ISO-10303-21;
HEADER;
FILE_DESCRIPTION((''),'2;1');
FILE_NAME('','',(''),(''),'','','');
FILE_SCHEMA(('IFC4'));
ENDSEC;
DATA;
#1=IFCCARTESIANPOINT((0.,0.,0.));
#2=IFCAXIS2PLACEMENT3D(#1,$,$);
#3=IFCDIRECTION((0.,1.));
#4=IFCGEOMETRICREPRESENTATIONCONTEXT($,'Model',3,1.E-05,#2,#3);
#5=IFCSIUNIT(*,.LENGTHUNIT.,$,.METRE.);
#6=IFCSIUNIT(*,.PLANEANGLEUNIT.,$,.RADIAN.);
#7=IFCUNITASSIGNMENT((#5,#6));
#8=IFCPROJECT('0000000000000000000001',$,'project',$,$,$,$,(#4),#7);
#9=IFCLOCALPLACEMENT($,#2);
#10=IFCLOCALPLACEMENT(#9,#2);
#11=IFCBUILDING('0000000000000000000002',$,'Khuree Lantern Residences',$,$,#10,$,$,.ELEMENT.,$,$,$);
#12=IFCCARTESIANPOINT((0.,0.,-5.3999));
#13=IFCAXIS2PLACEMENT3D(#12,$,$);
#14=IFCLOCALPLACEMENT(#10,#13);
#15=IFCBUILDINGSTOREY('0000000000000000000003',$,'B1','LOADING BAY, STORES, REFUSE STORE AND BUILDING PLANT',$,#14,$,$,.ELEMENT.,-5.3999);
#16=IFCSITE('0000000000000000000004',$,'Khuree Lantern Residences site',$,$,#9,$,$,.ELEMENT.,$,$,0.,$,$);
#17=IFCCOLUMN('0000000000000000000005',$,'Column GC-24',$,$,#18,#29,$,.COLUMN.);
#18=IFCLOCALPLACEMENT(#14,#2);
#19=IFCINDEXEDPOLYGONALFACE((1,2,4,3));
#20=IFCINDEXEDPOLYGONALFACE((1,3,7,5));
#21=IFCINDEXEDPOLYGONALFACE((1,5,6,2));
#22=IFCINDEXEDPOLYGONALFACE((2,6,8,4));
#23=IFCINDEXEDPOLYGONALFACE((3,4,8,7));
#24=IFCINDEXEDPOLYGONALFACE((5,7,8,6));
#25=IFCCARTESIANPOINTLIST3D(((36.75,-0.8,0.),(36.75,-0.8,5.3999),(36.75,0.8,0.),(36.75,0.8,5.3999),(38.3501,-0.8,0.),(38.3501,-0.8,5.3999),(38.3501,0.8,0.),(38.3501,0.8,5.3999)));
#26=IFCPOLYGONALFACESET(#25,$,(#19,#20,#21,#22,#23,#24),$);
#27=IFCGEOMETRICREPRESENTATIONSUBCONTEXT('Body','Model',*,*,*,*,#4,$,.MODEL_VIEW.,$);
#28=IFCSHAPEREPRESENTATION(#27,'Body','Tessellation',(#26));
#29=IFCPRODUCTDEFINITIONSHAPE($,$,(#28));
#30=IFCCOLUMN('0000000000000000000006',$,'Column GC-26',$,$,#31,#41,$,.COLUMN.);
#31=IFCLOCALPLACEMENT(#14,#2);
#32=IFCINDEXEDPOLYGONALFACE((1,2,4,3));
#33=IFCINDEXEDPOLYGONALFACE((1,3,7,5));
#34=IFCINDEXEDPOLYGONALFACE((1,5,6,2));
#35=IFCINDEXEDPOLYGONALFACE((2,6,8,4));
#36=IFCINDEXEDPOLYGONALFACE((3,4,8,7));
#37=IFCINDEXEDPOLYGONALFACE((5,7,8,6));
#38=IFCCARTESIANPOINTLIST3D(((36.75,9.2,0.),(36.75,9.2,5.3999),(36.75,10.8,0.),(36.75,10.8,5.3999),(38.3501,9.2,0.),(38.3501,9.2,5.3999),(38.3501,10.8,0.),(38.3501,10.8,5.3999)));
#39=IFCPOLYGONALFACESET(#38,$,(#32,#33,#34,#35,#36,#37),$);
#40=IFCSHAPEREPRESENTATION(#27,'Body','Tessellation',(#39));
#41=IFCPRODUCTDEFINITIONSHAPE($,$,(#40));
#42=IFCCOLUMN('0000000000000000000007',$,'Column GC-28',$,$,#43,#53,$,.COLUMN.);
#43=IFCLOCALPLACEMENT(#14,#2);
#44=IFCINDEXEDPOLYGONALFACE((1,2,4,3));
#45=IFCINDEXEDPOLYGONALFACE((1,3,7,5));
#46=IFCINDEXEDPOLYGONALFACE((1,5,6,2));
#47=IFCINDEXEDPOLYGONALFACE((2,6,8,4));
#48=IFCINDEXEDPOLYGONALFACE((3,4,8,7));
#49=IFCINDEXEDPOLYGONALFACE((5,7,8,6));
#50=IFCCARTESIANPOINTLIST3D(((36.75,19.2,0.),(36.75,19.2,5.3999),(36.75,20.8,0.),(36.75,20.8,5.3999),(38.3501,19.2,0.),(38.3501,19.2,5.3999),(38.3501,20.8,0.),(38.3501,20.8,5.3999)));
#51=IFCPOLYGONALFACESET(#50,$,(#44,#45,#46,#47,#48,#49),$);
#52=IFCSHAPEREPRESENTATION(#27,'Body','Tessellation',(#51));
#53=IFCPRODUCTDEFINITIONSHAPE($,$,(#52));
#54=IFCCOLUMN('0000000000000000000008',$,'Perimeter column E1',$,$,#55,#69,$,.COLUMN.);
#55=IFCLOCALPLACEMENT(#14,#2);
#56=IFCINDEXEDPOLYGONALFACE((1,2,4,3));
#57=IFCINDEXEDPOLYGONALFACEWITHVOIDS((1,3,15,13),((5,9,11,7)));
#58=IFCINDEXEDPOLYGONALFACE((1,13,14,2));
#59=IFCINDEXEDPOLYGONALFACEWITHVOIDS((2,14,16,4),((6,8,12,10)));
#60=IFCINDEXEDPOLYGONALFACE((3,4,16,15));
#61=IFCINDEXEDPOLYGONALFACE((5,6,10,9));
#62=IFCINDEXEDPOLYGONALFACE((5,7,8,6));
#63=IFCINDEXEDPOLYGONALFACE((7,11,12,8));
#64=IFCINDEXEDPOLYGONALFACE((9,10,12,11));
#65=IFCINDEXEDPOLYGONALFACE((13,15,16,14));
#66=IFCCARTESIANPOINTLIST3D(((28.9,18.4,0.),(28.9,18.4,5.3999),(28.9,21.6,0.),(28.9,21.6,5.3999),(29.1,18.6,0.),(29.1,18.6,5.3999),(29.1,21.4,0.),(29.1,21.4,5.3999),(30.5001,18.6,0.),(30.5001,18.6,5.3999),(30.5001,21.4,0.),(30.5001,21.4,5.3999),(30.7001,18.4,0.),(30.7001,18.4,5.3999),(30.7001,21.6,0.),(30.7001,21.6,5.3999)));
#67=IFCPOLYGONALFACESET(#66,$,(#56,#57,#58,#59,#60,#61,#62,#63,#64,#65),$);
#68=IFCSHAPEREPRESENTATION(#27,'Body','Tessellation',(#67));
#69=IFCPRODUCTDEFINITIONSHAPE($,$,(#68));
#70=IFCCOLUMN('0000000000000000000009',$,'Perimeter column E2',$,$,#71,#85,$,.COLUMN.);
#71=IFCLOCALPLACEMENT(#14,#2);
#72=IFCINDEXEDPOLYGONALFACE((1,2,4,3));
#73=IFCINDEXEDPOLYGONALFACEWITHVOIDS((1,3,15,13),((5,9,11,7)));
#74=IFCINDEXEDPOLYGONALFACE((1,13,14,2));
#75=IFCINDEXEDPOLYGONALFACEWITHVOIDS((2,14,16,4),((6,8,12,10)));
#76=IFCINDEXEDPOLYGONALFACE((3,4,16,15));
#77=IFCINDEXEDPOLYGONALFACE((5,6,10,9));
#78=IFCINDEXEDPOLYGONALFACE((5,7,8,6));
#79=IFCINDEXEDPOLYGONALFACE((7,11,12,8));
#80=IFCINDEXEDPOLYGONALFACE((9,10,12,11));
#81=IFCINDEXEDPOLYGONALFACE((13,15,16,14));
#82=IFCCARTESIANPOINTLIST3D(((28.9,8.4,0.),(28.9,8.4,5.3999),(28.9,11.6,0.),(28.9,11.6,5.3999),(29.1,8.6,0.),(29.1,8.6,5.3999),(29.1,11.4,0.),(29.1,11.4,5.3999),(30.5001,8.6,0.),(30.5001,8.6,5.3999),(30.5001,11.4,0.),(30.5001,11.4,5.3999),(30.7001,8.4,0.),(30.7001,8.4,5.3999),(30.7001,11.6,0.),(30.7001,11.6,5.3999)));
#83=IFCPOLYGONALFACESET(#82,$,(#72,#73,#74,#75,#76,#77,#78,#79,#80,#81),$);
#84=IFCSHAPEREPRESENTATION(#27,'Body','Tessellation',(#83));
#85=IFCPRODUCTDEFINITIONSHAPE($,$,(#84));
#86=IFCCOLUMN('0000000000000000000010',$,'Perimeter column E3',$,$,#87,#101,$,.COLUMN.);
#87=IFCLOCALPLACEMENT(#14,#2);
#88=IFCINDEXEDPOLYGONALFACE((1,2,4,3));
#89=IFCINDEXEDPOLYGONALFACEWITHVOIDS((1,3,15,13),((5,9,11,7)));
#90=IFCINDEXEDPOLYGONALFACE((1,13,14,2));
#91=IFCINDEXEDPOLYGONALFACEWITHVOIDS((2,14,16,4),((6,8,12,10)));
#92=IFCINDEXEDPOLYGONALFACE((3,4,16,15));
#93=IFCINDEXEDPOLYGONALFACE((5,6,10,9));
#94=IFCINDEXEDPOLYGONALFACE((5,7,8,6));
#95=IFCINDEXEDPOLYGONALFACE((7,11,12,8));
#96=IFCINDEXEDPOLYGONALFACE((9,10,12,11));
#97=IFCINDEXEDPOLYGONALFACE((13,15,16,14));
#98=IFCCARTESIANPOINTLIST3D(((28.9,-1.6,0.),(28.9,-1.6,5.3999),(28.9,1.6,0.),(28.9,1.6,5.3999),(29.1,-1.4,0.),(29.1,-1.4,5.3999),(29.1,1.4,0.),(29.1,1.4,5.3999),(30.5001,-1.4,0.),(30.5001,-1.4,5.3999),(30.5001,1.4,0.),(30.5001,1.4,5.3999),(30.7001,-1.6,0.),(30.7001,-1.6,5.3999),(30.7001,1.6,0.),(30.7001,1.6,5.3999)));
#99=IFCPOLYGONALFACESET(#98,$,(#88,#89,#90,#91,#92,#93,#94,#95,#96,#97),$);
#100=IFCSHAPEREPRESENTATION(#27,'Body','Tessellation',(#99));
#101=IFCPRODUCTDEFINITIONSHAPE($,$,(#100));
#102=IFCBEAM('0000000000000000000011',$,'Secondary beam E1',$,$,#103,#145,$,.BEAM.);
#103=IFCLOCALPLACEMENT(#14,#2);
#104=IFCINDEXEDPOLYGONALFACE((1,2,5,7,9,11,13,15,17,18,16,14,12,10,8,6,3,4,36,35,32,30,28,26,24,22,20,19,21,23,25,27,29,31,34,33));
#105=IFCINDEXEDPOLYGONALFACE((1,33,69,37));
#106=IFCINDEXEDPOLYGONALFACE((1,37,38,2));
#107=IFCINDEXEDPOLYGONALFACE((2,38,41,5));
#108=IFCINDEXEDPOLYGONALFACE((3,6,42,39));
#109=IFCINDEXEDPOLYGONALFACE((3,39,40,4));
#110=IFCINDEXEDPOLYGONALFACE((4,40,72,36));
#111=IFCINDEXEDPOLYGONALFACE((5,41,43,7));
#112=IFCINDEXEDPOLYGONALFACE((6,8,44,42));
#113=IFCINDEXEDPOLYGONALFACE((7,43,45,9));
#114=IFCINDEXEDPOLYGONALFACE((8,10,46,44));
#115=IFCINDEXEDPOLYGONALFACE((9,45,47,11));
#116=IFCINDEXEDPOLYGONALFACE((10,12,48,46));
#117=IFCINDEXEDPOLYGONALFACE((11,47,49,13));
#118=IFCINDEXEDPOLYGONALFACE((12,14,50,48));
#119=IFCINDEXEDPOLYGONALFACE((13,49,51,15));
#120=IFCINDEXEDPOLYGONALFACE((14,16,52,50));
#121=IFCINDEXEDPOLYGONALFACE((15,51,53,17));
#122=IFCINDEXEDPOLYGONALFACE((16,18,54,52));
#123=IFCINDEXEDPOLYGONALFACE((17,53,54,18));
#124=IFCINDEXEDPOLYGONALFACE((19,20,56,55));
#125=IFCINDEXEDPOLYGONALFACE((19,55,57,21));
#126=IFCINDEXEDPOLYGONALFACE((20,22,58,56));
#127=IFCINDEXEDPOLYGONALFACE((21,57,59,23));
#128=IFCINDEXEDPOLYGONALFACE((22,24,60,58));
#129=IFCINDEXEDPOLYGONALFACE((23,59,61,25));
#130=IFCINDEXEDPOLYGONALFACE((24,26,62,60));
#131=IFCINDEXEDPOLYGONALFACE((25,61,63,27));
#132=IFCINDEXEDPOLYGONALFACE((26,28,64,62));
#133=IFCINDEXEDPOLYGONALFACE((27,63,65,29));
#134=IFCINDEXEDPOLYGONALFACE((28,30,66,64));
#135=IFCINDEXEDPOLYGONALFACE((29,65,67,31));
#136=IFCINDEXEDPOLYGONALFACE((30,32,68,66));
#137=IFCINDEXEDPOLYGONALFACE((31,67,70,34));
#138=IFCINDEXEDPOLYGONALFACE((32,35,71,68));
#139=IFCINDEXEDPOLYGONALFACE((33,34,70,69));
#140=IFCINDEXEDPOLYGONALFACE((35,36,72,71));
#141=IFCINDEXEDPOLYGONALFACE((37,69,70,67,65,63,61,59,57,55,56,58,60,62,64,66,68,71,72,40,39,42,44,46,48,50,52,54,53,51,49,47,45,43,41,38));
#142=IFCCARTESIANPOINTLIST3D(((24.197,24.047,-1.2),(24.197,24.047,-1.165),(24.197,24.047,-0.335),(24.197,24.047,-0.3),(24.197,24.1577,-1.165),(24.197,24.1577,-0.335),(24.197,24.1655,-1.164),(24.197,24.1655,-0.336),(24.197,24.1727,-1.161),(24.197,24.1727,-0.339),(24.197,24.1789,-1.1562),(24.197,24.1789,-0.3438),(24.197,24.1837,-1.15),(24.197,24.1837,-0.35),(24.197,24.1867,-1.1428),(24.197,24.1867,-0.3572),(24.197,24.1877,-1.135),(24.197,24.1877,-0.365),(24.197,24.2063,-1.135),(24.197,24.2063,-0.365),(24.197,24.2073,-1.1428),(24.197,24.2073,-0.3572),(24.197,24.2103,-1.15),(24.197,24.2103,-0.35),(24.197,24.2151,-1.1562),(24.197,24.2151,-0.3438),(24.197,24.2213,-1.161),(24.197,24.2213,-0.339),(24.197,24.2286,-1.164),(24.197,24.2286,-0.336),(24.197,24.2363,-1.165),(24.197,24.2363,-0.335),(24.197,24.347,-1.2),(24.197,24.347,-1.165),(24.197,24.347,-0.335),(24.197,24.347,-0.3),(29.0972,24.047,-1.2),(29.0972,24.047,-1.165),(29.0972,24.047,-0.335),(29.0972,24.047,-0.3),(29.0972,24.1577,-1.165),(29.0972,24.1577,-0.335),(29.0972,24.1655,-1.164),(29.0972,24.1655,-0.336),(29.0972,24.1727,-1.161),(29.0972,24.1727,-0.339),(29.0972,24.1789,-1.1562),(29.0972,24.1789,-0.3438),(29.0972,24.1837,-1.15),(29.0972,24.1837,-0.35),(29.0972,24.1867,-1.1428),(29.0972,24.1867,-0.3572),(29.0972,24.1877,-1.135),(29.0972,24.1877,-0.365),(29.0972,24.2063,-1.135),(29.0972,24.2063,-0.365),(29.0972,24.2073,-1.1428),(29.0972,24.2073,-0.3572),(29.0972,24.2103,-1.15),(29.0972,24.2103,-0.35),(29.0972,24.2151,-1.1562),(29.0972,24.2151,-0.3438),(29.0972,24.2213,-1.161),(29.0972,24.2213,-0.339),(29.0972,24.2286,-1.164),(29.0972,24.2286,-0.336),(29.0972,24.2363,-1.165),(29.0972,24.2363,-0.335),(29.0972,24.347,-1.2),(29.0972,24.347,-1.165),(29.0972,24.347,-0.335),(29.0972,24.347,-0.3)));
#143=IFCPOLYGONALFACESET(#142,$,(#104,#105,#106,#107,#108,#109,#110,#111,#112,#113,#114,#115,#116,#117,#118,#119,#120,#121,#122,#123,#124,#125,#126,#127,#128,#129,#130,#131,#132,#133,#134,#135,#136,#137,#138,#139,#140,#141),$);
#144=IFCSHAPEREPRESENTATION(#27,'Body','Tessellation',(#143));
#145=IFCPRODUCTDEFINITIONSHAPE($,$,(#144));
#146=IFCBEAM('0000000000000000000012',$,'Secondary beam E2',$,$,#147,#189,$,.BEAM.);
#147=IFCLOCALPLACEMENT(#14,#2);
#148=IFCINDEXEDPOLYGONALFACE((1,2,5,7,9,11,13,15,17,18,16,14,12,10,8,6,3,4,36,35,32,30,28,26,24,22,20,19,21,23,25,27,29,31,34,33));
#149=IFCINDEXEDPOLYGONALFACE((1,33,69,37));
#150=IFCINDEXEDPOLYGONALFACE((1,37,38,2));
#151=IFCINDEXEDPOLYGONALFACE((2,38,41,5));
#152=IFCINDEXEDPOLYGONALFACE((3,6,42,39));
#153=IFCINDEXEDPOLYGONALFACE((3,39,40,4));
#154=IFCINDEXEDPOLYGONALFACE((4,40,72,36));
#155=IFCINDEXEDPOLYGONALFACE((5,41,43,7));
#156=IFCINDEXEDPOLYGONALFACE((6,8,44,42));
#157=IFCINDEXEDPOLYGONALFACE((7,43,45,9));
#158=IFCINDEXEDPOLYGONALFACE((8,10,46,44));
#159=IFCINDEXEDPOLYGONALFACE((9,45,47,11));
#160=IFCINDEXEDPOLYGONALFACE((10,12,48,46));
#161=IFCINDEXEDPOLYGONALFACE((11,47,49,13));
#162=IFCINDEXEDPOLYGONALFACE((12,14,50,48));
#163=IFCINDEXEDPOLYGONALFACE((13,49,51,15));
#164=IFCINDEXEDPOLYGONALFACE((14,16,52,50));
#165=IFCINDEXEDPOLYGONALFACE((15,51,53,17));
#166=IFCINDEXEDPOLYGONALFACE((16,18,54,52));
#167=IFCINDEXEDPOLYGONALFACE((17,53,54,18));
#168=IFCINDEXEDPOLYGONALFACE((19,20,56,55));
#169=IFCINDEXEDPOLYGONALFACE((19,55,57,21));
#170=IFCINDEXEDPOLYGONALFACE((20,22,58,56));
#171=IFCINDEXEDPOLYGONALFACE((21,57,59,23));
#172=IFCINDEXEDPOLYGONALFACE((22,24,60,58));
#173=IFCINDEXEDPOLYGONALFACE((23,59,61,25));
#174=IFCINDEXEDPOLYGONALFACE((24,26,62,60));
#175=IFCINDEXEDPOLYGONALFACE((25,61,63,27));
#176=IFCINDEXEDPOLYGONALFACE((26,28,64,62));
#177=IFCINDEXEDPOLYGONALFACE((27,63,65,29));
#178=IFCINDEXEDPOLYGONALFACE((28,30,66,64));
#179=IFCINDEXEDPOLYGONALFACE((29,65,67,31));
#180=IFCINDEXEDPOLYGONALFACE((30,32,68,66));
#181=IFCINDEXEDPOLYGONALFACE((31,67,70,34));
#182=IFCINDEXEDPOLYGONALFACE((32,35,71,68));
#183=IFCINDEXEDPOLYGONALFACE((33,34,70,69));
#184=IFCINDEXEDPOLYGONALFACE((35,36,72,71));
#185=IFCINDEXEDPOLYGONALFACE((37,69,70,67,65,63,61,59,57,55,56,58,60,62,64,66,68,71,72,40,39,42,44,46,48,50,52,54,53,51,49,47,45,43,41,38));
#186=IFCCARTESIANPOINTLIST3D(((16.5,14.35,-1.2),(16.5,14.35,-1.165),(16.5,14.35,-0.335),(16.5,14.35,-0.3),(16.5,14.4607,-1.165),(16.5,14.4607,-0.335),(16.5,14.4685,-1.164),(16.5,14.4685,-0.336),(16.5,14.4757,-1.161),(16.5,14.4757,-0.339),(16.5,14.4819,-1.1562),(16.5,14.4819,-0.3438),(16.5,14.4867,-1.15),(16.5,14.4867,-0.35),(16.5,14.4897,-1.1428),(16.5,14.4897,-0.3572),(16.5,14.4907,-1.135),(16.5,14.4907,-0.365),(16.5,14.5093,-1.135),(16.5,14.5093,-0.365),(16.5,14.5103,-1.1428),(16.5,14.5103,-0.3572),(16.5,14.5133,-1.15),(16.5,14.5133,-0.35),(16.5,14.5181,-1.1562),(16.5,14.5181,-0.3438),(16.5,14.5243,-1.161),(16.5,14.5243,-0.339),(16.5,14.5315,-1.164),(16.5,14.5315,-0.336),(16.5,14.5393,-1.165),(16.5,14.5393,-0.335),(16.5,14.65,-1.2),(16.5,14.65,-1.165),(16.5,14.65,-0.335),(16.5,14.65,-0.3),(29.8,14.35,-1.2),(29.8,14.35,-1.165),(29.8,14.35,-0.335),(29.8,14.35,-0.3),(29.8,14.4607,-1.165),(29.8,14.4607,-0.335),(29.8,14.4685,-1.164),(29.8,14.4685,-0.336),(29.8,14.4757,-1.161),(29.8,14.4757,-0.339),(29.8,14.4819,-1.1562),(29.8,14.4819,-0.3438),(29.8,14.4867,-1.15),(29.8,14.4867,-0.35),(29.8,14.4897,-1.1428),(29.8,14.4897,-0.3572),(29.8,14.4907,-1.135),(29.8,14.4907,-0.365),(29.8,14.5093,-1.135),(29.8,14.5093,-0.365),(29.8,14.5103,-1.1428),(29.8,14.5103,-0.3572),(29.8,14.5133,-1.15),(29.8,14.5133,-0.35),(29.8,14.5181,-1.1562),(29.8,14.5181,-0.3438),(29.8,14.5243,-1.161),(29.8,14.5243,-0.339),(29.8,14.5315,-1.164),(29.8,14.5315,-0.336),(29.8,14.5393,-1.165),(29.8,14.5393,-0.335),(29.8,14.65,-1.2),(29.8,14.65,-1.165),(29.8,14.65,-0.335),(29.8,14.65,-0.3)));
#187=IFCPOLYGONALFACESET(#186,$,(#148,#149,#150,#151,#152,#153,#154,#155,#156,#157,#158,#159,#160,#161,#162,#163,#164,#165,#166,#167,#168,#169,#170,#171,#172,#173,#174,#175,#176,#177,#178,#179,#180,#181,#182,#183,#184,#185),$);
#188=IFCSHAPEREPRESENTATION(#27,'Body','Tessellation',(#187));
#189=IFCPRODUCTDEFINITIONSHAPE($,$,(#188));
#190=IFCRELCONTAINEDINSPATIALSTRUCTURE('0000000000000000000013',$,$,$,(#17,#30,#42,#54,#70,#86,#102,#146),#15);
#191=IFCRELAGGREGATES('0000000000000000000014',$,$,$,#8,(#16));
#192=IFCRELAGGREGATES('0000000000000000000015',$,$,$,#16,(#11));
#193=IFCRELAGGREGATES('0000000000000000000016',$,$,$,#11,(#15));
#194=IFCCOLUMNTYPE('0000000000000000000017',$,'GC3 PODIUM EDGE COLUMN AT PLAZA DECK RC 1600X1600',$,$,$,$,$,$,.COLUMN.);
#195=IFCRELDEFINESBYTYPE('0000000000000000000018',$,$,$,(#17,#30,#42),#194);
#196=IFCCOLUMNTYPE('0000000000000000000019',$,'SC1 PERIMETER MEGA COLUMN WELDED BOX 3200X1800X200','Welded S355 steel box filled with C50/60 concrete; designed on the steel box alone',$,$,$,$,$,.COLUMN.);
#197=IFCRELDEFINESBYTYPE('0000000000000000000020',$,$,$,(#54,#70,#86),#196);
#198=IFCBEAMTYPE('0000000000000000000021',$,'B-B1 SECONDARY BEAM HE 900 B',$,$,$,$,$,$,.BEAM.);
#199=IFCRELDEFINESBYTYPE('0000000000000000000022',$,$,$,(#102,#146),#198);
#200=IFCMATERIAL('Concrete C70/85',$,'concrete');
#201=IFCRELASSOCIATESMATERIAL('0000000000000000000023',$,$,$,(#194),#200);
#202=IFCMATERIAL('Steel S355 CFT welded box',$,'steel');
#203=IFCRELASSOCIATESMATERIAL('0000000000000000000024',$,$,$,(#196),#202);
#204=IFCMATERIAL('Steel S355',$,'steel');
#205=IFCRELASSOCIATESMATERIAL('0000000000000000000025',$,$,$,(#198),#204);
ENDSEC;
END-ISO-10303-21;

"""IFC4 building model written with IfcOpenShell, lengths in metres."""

from ifc_helpers import new_model, si_unit, direction, frame, origin, origin_2d, place, context, subcontext, project, spatial, rectangle, hollow_rectangle, i_section, extrude, material, material_profile, profile_set, type_object, element, save


model = new_model("IFC4")

# Units and contexts
model_context = context("Model", 3, precision=1e-05, world=origin(), true_north=direction((0.0, 1.0)))
body_context = subcontext(model_context, "Body", "Model", "MODEL_VIEW")
ifc_project = project(units=[si_unit("LENGTHUNIT", "METRE"), si_unit("PLANEANGLEUNIT", "RADIAN")], contexts=[model_context])

# Site, building, storey
site_placement = place(None, origin())
site = spatial("IfcSite", under=ifc_project, at=site_placement, Name="Khuree Lantern Residences site", CompositionType="ELEMENT", RefElevation=0.0)
building_placement = place(site_placement, origin())
building = spatial("IfcBuilding", under=site, at=building_placement, Name="Khuree Lantern Residences", CompositionType="ELEMENT")
storey_placement = place(building_placement, frame((0.0, 0.0, -5.3999)))
storey = spatial("IfcBuildingStorey", under=building, at=storey_placement, Name="B1", Description="LOADING BAY, STORES, REFUSE STORE AND BUILDING PLANT", CompositionType="ELEMENT", Elevation=-5.3999)

# Columns
ifc_material_1 = material(Name="Concrete C70/85", Category="concrete")
ifc_material_profile_1 = material_profile(ifc_material_1, rectangle(XDim=1.6001, YDim=1.6001, at=origin_2d()), Name="RC 1600X1600")
ifc_profile_set_1 = profile_set([ifc_material_profile_1], Name="Concrete C70/85")
column_type_1 = type_object("IfcColumnType", Name="GC3 PODIUM EDGE COLUMN AT PLAZA DECK RC 1600X1600", PredefinedType="COLUMN", material=ifc_profile_set_1)
for number, where, z_axis, x_axis, name in (
    (1, (37.55, 0.0, 0.0), (0.0, 0.0, 1.0), (1.0, 0.0, 0.0), "Column GC-24"),
    (2, (37.55, 10.0, 0.0), (0.0, 0.0, 1.0), (1.0, 0.0, 0.0), "Column GC-26"),
    (3, (37.55, 20.0, 0.0), (0.0, 0.0, 1.0), (1.0, 0.0, 0.0), "Column GC-28"),
):
    element("IfcColumn", number, at=place(storey_placement, frame(where, z_axis=z_axis, x_axis=x_axis)), inside=storey, type_object=column_type_1, Name=name, PredefinedType="COLUMN", context=body_context, shape_type="SweptSolid", body=[
        extrude(rectangle(XDim=1.6001, YDim=1.6001, at=origin_2d()), origin(), (0.0, 0.0, 1.0), 5.3999),
    ])
ifc_material_2 = material(Name="Steel S355 CFT welded box", Category="steel")
ifc_material_profile_2 = material_profile(ifc_material_2, hollow_rectangle(XDim=3.2, YDim=1.8, WallThickness=0.2, at=origin_2d()), Name="WELDED BOX 3200X1800X200")
ifc_profile_set_2 = profile_set([ifc_material_profile_2], Name="Steel S355 CFT welded box")
column_type_2 = type_object("IfcColumnType", Name="SC1 PERIMETER MEGA COLUMN WELDED BOX 3200X1800X200", Description="Welded S355 steel box filled with C50/60 concrete; designed on the steel box alone", PredefinedType="COLUMN", material=ifc_profile_set_2)
for number, where, z_axis, x_axis, name in (
    (4, (29.8, 20.0, 0.0), (0.0, 0.0, 1.0), (0.0, 1.0, 0.0), "Perimeter column E1"),
    (5, (29.8, 10.0, 0.0), (0.0, 0.0, 1.0), (0.0, 1.0, 0.0), "Perimeter column E2"),
    (6, (29.8, 0.0, 0.0), (0.0, 0.0, 1.0), (0.0, 1.0, 0.0), "Perimeter column E3"),
):
    element("IfcColumn", number, at=place(storey_placement, frame(where, z_axis=z_axis, x_axis=x_axis)), inside=storey, type_object=column_type_2, Name=name, PredefinedType="COLUMN", context=body_context, shape_type="SweptSolid", body=[
        extrude(hollow_rectangle(XDim=3.2, YDim=1.8, WallThickness=0.2, at=origin_2d()), origin(), (0.0, 0.0, 1.0), 5.3999),
    ])

# Beams
ifc_material_3 = material(Name="Steel S355", Category="steel")
ifc_material_profile_3 = material_profile(ifc_material_3, i_section(OverallWidth=0.3, OverallDepth=0.8999, WebThickness=0.0186, FlangeThickness=0.0349, FilletRadius=0.03, at=origin_2d()), Name="HE 900 B")
ifc_profile_set_3 = profile_set([ifc_material_profile_3], Name="Steel S355")
beam_type_1 = type_object("IfcBeamType", Name="B-B1 SECONDARY BEAM HE 900 B", PredefinedType="BEAM", material=ifc_profile_set_3)
beam_1_placement = place(storey_placement, frame((29.0972, 24.197, -0.75), z_axis=(-1.0, 0.0, 0.0), x_axis=(0.0, -1.0, 0.0)))
element("IfcBeam", 7, at=beam_1_placement, inside=storey, type_object=beam_type_1, Name="Secondary beam E1", PredefinedType="BEAM", context=body_context, shape_type="SweptSolid", body=[
    extrude(i_section(OverallWidth=0.3, OverallDepth=0.8999, WebThickness=0.0186, FlangeThickness=0.0349, FilletRadius=0.03, at=origin_2d()), origin(), (0.0, 0.0, 1.0), 4.9001),
])
for number, where, z_axis, x_axis, name in (
    (8, (29.8, 14.5, -0.75), (-1.0, 0.0, 0.0), (0.0, -1.0, 0.0), "Secondary beam E2"),
):
    element("IfcBeam", number, at=place(storey_placement, frame(where, z_axis=z_axis, x_axis=x_axis)), inside=storey, type_object=beam_type_1, Name=name, PredefinedType="BEAM", context=body_context, shape_type="SweptSolid", body=[
        extrude(i_section(OverallWidth=0.3, OverallDepth=0.8999, WebThickness=0.0186, FlangeThickness=0.0349, FilletRadius=0.03, at=origin_2d()), origin(), (0.0, 0.0, 1.0), 13.3),
    ])

save(model, "model.ifc")
